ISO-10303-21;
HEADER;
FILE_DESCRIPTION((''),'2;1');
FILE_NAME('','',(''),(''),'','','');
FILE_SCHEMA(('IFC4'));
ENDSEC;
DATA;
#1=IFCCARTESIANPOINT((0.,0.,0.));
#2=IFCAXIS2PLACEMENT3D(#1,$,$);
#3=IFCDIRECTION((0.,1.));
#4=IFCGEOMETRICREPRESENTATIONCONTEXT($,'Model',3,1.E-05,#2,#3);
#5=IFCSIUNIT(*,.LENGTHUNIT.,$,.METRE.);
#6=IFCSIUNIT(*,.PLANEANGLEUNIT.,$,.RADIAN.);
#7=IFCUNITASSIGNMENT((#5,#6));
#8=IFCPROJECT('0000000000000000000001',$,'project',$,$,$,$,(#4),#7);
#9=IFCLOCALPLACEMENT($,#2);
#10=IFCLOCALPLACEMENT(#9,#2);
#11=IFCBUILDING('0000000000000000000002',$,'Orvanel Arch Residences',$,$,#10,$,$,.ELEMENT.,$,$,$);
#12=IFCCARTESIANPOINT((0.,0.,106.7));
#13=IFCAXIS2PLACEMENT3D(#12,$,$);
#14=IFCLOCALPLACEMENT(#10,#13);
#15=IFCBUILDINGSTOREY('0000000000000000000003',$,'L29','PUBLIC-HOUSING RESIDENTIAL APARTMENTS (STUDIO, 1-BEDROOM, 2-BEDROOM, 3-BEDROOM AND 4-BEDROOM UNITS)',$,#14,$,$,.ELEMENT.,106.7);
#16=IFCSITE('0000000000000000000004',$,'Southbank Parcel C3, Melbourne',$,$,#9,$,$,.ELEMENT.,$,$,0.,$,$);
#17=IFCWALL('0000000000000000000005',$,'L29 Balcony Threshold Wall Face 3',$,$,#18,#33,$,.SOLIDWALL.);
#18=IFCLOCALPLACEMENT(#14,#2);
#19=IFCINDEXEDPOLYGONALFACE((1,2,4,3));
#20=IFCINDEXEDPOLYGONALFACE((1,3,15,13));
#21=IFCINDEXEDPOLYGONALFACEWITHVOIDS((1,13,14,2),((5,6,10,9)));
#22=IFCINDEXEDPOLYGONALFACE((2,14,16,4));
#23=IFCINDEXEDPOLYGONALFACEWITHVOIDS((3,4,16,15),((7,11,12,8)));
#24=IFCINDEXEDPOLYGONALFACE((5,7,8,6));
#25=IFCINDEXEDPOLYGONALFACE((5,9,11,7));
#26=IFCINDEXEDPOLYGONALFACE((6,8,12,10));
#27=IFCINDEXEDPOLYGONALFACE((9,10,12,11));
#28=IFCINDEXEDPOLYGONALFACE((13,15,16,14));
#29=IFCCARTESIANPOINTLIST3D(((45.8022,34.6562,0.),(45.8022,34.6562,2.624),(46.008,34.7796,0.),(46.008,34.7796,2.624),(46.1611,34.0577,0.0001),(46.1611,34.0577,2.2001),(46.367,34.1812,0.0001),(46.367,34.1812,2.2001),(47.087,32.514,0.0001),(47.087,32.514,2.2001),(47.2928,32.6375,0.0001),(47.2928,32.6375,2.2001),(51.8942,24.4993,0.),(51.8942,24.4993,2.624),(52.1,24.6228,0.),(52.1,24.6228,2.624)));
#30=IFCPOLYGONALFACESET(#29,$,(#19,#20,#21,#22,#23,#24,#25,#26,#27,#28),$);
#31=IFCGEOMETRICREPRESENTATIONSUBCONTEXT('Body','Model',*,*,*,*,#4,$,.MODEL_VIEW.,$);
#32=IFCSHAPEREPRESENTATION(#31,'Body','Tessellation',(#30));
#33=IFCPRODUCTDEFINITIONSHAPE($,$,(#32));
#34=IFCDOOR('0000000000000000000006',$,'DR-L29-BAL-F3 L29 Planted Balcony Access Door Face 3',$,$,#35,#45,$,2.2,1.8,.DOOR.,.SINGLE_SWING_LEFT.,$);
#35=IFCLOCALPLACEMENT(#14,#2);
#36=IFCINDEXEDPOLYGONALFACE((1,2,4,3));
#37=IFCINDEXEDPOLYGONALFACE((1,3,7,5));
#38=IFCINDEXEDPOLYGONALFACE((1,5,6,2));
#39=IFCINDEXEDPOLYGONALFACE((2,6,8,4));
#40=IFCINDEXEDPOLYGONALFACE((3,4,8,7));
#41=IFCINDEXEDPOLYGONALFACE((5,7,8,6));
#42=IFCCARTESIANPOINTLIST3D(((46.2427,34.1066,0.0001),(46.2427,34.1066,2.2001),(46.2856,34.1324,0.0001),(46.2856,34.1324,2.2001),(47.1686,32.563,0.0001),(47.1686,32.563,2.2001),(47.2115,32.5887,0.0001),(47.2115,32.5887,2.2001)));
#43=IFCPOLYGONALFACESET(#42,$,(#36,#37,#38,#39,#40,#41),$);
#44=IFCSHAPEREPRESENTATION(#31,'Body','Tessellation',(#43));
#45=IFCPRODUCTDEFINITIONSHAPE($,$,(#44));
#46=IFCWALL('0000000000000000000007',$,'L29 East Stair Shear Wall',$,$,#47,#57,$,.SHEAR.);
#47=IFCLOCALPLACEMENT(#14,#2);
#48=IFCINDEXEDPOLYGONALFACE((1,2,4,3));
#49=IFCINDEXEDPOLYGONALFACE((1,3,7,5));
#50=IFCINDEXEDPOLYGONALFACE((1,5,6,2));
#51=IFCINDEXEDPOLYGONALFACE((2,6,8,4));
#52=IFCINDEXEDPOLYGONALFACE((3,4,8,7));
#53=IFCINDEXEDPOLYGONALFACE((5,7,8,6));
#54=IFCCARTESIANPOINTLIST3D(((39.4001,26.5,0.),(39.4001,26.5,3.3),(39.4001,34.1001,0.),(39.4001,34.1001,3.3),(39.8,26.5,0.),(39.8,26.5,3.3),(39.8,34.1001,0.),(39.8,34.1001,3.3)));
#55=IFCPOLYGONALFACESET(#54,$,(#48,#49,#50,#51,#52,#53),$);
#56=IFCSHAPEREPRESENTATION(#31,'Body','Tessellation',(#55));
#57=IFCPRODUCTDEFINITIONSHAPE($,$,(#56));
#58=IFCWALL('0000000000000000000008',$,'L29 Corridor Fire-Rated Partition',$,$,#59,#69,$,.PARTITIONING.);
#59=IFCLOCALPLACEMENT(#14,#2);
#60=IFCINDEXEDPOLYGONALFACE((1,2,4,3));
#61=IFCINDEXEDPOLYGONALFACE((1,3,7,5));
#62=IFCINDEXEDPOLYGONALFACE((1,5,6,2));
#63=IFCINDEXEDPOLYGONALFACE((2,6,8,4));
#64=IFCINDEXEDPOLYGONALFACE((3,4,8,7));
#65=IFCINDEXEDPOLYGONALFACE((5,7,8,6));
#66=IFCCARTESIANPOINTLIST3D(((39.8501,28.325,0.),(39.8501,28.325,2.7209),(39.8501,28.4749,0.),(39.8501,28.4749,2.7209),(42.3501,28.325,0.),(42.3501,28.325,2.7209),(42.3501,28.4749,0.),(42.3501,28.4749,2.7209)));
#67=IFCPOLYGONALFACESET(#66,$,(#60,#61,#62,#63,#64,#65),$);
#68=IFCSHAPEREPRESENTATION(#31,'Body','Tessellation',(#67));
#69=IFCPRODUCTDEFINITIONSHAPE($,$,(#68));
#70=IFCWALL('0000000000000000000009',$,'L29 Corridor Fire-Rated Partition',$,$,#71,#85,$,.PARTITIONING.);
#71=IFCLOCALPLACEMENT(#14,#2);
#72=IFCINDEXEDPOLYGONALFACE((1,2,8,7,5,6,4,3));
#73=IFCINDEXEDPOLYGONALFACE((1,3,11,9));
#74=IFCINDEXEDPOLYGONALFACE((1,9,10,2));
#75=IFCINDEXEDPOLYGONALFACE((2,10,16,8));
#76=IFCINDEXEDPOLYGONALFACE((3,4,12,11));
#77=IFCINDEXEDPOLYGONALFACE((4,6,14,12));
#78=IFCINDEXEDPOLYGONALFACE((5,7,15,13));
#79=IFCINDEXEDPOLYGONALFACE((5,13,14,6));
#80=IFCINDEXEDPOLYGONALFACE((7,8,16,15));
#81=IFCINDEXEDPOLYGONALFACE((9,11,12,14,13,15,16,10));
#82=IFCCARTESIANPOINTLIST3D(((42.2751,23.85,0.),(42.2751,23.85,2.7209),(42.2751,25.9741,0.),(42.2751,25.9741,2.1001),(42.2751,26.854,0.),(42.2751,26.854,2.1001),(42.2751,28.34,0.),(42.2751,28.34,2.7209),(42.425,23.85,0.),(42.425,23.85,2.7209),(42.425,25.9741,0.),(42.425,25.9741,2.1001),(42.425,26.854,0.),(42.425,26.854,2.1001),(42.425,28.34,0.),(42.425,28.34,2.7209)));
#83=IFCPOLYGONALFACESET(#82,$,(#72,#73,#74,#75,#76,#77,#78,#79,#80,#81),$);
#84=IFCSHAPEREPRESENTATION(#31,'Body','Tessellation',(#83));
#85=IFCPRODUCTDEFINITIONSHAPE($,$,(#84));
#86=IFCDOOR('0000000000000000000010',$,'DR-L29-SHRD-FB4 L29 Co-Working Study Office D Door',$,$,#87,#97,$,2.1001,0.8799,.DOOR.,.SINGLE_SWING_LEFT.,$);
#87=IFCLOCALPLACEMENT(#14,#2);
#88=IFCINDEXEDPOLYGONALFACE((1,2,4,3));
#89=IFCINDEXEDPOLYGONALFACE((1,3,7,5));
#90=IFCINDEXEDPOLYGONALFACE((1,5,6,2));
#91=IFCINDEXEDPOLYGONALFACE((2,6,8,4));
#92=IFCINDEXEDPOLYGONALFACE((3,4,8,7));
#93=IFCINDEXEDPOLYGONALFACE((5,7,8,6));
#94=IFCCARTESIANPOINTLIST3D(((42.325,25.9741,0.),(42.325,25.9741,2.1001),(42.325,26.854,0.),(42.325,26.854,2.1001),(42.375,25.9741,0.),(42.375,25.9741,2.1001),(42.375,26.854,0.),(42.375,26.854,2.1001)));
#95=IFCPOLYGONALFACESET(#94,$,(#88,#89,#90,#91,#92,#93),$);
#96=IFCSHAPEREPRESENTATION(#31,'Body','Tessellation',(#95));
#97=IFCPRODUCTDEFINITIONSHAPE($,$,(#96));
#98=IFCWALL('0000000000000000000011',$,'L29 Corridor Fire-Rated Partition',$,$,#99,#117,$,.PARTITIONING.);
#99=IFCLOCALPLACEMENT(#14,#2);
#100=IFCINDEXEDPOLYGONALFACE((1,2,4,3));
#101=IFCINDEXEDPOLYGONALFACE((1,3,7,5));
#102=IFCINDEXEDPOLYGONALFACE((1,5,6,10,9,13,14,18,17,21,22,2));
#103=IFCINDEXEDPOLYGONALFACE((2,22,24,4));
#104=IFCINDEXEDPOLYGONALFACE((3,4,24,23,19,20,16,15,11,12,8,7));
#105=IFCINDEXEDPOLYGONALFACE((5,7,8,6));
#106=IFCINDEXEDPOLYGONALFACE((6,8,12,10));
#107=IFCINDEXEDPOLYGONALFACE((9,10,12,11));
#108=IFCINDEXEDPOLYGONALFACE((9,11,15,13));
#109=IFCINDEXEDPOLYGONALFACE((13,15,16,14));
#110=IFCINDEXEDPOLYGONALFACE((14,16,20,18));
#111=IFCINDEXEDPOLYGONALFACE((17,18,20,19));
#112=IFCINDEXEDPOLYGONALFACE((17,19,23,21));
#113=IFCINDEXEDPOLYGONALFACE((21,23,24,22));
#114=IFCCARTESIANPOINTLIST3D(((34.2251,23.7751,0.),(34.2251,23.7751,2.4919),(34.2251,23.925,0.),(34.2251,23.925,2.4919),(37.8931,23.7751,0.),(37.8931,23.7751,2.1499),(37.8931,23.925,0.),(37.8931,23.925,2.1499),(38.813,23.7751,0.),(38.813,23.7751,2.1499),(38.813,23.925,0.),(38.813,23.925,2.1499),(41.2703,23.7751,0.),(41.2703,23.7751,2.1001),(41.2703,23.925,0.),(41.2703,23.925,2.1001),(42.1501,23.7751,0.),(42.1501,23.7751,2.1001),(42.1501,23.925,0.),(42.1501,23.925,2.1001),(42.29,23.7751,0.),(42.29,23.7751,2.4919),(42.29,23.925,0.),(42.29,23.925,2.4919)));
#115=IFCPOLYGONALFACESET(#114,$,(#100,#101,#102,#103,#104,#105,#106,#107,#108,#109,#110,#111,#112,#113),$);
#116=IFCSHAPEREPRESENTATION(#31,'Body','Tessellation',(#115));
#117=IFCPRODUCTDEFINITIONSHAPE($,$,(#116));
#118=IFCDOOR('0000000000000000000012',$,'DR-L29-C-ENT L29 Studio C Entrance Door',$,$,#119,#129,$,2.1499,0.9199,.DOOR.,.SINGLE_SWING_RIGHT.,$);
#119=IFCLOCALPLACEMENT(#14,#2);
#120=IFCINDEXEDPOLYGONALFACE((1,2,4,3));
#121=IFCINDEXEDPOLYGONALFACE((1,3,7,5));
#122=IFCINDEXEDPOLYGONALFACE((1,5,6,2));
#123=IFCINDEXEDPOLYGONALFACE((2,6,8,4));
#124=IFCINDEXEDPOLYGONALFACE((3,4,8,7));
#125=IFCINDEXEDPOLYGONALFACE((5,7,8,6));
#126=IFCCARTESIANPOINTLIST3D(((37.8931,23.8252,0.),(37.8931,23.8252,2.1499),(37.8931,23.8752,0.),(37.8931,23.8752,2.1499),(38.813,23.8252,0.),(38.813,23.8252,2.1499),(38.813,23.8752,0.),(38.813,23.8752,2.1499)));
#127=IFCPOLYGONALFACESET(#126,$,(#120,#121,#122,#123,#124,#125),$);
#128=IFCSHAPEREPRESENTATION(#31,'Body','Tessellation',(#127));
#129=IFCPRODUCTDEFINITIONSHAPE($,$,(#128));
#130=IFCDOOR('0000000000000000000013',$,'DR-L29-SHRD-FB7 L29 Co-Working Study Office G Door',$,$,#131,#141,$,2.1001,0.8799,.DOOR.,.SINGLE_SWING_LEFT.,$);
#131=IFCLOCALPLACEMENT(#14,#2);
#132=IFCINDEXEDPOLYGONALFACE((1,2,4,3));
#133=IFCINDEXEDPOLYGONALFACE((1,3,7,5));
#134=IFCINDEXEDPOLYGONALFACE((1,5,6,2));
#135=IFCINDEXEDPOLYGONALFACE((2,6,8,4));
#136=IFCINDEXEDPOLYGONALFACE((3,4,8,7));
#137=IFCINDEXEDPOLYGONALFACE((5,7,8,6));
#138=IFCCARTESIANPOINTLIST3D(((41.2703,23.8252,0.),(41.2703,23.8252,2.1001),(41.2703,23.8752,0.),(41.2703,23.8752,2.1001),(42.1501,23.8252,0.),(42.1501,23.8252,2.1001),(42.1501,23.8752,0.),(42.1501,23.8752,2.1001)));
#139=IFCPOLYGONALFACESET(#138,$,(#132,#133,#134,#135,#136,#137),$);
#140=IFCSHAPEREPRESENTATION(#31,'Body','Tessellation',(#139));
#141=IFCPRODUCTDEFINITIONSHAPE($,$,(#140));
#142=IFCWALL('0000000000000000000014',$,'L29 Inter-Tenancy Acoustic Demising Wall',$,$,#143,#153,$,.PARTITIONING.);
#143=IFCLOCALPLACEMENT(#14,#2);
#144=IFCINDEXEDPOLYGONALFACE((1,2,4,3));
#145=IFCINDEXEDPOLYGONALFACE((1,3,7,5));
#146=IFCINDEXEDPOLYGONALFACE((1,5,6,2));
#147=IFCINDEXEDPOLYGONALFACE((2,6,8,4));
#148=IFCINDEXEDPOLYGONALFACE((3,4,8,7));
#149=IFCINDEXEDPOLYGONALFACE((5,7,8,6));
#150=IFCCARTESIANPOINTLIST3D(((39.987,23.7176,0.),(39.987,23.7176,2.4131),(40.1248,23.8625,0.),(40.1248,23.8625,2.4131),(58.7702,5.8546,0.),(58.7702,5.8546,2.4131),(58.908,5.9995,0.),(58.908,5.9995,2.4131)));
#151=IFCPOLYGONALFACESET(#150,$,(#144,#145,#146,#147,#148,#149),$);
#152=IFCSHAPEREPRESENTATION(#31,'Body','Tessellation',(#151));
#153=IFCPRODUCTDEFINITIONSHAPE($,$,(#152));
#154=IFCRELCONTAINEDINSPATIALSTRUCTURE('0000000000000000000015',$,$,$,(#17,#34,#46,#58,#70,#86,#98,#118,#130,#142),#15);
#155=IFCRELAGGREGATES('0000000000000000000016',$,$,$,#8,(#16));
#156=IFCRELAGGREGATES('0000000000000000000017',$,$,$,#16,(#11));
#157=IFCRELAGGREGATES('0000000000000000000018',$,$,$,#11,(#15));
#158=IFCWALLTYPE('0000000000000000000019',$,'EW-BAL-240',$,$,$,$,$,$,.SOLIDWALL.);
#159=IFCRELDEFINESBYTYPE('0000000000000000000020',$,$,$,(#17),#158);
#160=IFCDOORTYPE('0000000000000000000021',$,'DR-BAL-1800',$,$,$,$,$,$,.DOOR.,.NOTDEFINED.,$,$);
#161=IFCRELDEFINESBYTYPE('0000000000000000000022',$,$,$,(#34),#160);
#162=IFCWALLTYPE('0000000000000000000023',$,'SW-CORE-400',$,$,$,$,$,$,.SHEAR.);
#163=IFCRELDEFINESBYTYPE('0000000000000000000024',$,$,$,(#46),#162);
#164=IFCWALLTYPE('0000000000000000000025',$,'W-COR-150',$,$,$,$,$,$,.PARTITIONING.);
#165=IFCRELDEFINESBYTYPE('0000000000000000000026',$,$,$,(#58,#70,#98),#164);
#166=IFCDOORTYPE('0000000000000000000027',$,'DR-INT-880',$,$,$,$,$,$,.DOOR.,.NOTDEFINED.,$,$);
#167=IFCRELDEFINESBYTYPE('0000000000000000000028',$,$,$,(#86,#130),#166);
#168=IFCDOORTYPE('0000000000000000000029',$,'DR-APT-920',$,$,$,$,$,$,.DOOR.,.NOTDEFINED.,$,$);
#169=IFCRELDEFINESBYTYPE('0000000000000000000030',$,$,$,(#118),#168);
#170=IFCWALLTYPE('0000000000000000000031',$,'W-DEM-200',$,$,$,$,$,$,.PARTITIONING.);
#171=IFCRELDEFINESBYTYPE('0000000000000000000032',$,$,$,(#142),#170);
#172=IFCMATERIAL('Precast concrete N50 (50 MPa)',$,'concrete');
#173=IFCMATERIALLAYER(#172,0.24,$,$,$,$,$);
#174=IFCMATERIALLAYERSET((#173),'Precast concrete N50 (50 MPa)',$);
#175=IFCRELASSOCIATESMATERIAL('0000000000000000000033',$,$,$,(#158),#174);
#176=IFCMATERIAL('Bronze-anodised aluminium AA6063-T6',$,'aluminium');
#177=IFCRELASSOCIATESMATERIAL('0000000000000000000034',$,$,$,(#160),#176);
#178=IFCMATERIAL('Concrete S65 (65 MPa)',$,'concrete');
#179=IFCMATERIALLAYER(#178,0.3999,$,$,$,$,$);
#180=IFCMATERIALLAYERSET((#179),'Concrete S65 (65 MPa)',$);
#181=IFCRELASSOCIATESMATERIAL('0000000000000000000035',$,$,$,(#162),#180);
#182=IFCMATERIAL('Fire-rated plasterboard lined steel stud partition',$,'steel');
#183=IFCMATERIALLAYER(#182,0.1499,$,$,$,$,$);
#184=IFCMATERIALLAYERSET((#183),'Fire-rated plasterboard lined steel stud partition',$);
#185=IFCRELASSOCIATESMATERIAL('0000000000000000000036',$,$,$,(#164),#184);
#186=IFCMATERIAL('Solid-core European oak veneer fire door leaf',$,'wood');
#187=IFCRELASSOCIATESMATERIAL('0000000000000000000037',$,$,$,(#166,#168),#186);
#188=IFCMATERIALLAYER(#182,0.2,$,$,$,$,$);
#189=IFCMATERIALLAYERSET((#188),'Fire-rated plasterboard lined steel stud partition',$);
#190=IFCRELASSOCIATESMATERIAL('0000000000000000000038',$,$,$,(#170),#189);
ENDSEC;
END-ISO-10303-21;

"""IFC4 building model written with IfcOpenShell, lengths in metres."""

from ifc_helpers import new_model, si_unit, direction, frame, frame_2d, origin, place, context, subcontext, project, spatial, rectangle, extrude, material, layer, layer_set, type_object, element, fill, save


model = new_model("IFC4")

# Units and contexts
model_context = context("Model", 3, precision=1e-05, world=origin(), true_north=direction((0.0, 1.0)))
body_context = subcontext(model_context, "Body", "Model", "MODEL_VIEW")
ifc_project = project(units=[si_unit("LENGTHUNIT", "METRE"), si_unit("PLANEANGLEUNIT", "RADIAN")], contexts=[model_context])

# Site, building, storey
site_placement = place(None, origin())
site = spatial("IfcSite", under=ifc_project, at=site_placement, Name="Southbank Parcel C3, Melbourne", CompositionType="ELEMENT", RefElevation=0.0)
building_placement = place(site_placement, origin())
building = spatial("IfcBuilding", under=site, at=building_placement, Name="Orvanel Arch Residences", CompositionType="ELEMENT")
storey_placement = place(building_placement, frame((0.0, 0.0, 106.7)))
storey = spatial("IfcBuildingStorey", under=building, at=storey_placement, Name="L29", Description="PUBLIC-HOUSING RESIDENTIAL APARTMENTS (STUDIO, 1-BEDROOM, 2-BEDROOM, 3-BEDROOM AND 4-BEDROOM UNITS)", CompositionType="ELEMENT", Elevation=106.7)

# Shared definitions
ifc_material_1 = material(Name="Bronze-anodised aluminium AA6063-T6", Category="aluminium")

# Wall, opening, door
ifc_material_2 = material(Name="Precast concrete N50 (50 MPa)", Category="concrete")
ifc_layer_1 = layer(ifc_material_2, 0.24)
ifc_layer_set_1 = layer_set([ifc_layer_1], Name="Precast concrete N50 (50 MPa)")
wall_type_1 = type_object("IfcWallType", Name="EW-BAL-240", PredefinedType="SOLIDWALL", material=ifc_layer_set_1)
wall_1_placement = place(storey_placement, frame((51.9971, 24.561, 0.0), z_axis=(0.0, 0.0, 1.0), x_axis=(-0.514362, 0.857573, 0.0)))
wall_1 = element("IfcWall", 1, at=wall_1_placement, inside=storey, type_object=wall_type_1, Name="L29 Balcony Threshold Wall Face 3", PredefinedType="SOLIDWALL", context=body_context, shape_type="SweptSolid", body=[
    extrude(rectangle(XDim=11.8438, YDim=0.24, at=frame_2d((5.9219, 0.0))), origin(), (0.0, 0.0, 1.0), 2.624),
])
opening_1_placement = place(wall_1_placement, frame((9.3459, 0.0, 0.0)))
opening_1 = element("IfcOpeningElement", 2, at=opening_1_placement, cuts=wall_1, PredefinedType="OPENING", context=body_context, shape_type="SweptSolid", body=[
    extrude(rectangle(XDim=1.8, YDim=2.2, at=frame_2d((0.8999, 1.1001))), frame((0.0, 0.1299, 0.0), z_axis=(0.0, -1.0, 0.0), x_axis=(1.0, 0.0, 0.0)), (0.0, 0.0, 1.0), 0.26),
])
door_type_1 = type_object("IfcDoorType", Name="DR-BAL-1800", OperationType="NOTDEFINED", PredefinedType="DOOR", material=ifc_material_1)
door_1_placement = place(opening_1_placement, origin())
door_1 = element("IfcDoor", 3, at=door_1_placement, inside=storey, type_object=door_type_1, Name="DR-L29-BAL-F3 L29 Planted Balcony Access Door Face 3", OperationType="SINGLE_SWING_LEFT", OverallHeight=2.2, OverallWidth=1.8, PredefinedType="DOOR", context=body_context, shape_type="SweptSolid", body=[
    extrude(rectangle(XDim=1.8, YDim=2.2, at=frame_2d((0.8999, 1.1001))), frame((0.0, 0.0249, 0.0), z_axis=(0.0, -1.0, 0.0), x_axis=(1.0, 0.0, 0.0)), (0.0, 0.0, 1.0), 0.05),
])
fill(opening_1, door_1)

# Walls
ifc_material_3 = material(Name="Concrete S65 (65 MPa)", Category="concrete")
ifc_layer_2 = layer(ifc_material_3, 0.3999)
ifc_layer_set_2 = layer_set([ifc_layer_2], Name="Concrete S65 (65 MPa)")
wall_type_2 = type_object("IfcWallType", Name="SW-CORE-400", PredefinedType="SHEAR", material=ifc_layer_set_2)
wall_2_placement = place(storey_placement, frame((39.6001, 26.5, 0.0), z_axis=(0.0, 0.0, 1.0), x_axis=(0.0, 1.0, 0.0)))
element("IfcWall", 4, at=wall_2_placement, inside=storey, type_object=wall_type_2, Name="L29 East Stair Shear Wall", PredefinedType="SHEAR", context=body_context, shape_type="SweptSolid", body=[
    extrude(rectangle(XDim=7.6001, YDim=0.3999, at=frame_2d((3.8, 0.0))), origin(), (0.0, 0.0, 1.0), 3.3),
])
ifc_material_4 = material(Name="Fire-rated plasterboard lined steel stud partition", Category="steel")
ifc_layer_3 = layer(ifc_material_4, 0.1499)
ifc_layer_set_3 = layer_set([ifc_layer_3], Name="Fire-rated plasterboard lined steel stud partition")
wall_type_3 = type_object("IfcWallType", Name="W-COR-150", PredefinedType="PARTITIONING", material=ifc_layer_set_3)
wall_3_placement = place(storey_placement, frame((39.8501, 28.3999, 0.0), z_axis=(0.0, 0.0, 1.0), x_axis=(1.0, 0.0, 0.0)))
element("IfcWall", 5, at=wall_3_placement, inside=storey, type_object=wall_type_3, Name="L29 Corridor Fire-Rated Partition", PredefinedType="PARTITIONING", context=body_context, shape_type="SweptSolid", body=[
    extrude(rectangle(XDim=2.5, YDim=0.1499, at=frame_2d((1.25, 0.0))), origin(), (0.0, 0.0, 1.0), 2.7209),
])

# Wall, opening, door
wall_4_placement = place(storey_placement, frame((42.3501, 28.3401, 0.0), z_axis=(0.0, 0.0, 1.0), x_axis=(0.0, -1.0, 0.0)))
wall_4 = element("IfcWall", 6, at=wall_4_placement, inside=storey, type_object=wall_type_3, Name="L29 Corridor Fire-Rated Partition", PredefinedType="PARTITIONING", context=body_context, shape_type="SweptSolid", body=[
    extrude(rectangle(XDim=4.49, YDim=0.1499, at=frame_2d((2.2451, 0.0))), origin(), (0.0, 0.0, 1.0), 2.7209),
])
opening_2_placement = place(wall_4_placement, frame((1.4861, 0.0, 0.0)))
opening_2 = element("IfcOpeningElement", 7, at=opening_2_placement, cuts=wall_4, PredefinedType="OPENING", context=body_context, shape_type="SweptSolid", body=[
    extrude(rectangle(XDim=0.8799, YDim=2.1001, at=frame_2d((0.4399, 1.05))), frame((0.0, 0.085, 0.0), z_axis=(0.0, -1.0, 0.0), x_axis=(1.0, 0.0, 0.0)), (0.0, 0.0, 1.0), 0.1699),
])
ifc_material_5 = material(Name="Solid-core European oak veneer fire door leaf", Category="wood")
door_type_2 = type_object("IfcDoorType", Name="DR-INT-880", OperationType="NOTDEFINED", PredefinedType="DOOR", material=ifc_material_5)
door_2_placement = place(opening_2_placement, origin())
door_2 = element("IfcDoor", 8, at=door_2_placement, inside=storey, type_object=door_type_2, Name="DR-L29-SHRD-FB4 L29 Co-Working Study Office D Door", OperationType="SINGLE_SWING_LEFT", OverallHeight=2.1001, OverallWidth=0.8799, PredefinedType="DOOR", context=body_context, shape_type="SweptSolid", body=[
    extrude(rectangle(XDim=0.8799, YDim=2.1001, at=frame_2d((0.4399, 1.05))), frame((0.0, 0.0249, 0.0), z_axis=(0.0, -1.0, 0.0), x_axis=(1.0, 0.0, 0.0)), (0.0, 0.0, 1.0), 0.05),
])
fill(opening_2, door_2)

# Wall, openings, doors
wall_5_placement = place(storey_placement, frame((42.29, 23.8501, 0.0), z_axis=(0.0, 0.0, 1.0), x_axis=(-1.0, 0.0, 0.0)))
wall_5 = element("IfcWall", 9, at=wall_5_placement, inside=storey, type_object=wall_type_3, Name="L29 Corridor Fire-Rated Partition", PredefinedType="PARTITIONING", context=body_context, shape_type="SweptSolid", body=[
    extrude(rectangle(XDim=8.0649, YDim=0.1499, at=frame_2d((4.0325, 0.0))), origin(), (0.0, 0.0, 1.0), 2.4919),
])
opening_3_placement = place(wall_5_placement, frame((3.4771, 0.0, 0.0)))
opening_3 = element("IfcOpeningElement", 10, at=opening_3_placement, cuts=wall_5, PredefinedType="OPENING", context=body_context, shape_type="SweptSolid", body=[
    extrude(rectangle(XDim=0.9199, YDim=2.1499, at=frame_2d((0.46, 1.075))), frame((0.0, 0.085, 0.0), z_axis=(0.0, -1.0, 0.0), x_axis=(1.0, 0.0, 0.0)), (0.0, 0.0, 1.0), 0.1699),
])
opening_4_placement = place(wall_5_placement, frame((0.1399, 0.0, 0.0)))
opening_4 = element("IfcOpeningElement", 11, at=opening_4_placement, cuts=wall_5, PredefinedType="OPENING", context=body_context, shape_type="SweptSolid", body=[
    extrude(rectangle(XDim=0.8799, YDim=2.1001, at=frame_2d((0.4399, 1.05))), frame((0.0, 0.085, 0.0), z_axis=(0.0, -1.0, 0.0), x_axis=(1.0, 0.0, 0.0)), (0.0, 0.0, 1.0), 0.1699),
])
door_type_3 = type_object("IfcDoorType", Name="DR-APT-920", OperationType="NOTDEFINED", PredefinedType="DOOR", material=ifc_material_5)
door_3_placement = place(opening_3_placement, origin())
door_3 = element("IfcDoor", 12, at=door_3_placement, inside=storey, type_object=door_type_3, Name="DR-L29-C-ENT L29 Studio C Entrance Door", OperationType="SINGLE_SWING_RIGHT", OverallHeight=2.1499, OverallWidth=0.9199, PredefinedType="DOOR", context=body_context, shape_type="SweptSolid", body=[
    extrude(rectangle(XDim=0.9199, YDim=2.1499, at=frame_2d((0.46, 1.075))), frame((0.0, 0.0249, 0.0), z_axis=(0.0, -1.0, 0.0), x_axis=(1.0, 0.0, 0.0)), (0.0, 0.0, 1.0), 0.05),
])
fill(opening_3, door_3)
door_4_placement = place(opening_4_placement, origin())
door_4 = element("IfcDoor", 13, at=door_4_placement, inside=storey, type_object=door_type_2, Name="DR-L29-SHRD-FB7 L29 Co-Working Study Office G Door", OperationType="SINGLE_SWING_LEFT", OverallHeight=2.1001, OverallWidth=0.8799, PredefinedType="DOOR", context=body_context, shape_type="SweptSolid", body=[
    extrude(rectangle(XDim=0.8799, YDim=2.1001, at=frame_2d((0.4399, 1.05))), frame((0.0, 0.0249, 0.0), z_axis=(0.0, -1.0, 0.0), x_axis=(1.0, 0.0, 0.0)), (0.0, 0.0, 1.0), 0.05),
])
fill(opening_4, door_4)

# Wall
ifc_layer_4 = layer(ifc_material_4, 0.2)
ifc_layer_set_4 = layer_set([ifc_layer_4], Name="Fire-rated plasterboard lined steel stud partition")
wall_type_4 = type_object("IfcWallType", Name="W-DEM-200", PredefinedType="PARTITIONING", material=ifc_layer_set_4)
wall_6_placement = place(storey_placement, frame((40.0559, 23.79, 0.0), z_axis=(0.0, 0.0, 1.0), x_axis=(0.724633, -0.689135, 0.0)))
element("IfcWall", 14, at=wall_6_placement, inside=storey, type_object=wall_type_4, Name="L29 Inter-Tenancy Acoustic Demising Wall", PredefinedType="PARTITIONING", context=body_context, shape_type="SweptSolid", body=[
    extrude(rectangle(XDim=25.9209, YDim=0.2, at=frame_2d((12.9604, 0.0))), origin(), (0.0, 0.0, 1.0), 2.4131),
])

save(model, "model.ifc")
